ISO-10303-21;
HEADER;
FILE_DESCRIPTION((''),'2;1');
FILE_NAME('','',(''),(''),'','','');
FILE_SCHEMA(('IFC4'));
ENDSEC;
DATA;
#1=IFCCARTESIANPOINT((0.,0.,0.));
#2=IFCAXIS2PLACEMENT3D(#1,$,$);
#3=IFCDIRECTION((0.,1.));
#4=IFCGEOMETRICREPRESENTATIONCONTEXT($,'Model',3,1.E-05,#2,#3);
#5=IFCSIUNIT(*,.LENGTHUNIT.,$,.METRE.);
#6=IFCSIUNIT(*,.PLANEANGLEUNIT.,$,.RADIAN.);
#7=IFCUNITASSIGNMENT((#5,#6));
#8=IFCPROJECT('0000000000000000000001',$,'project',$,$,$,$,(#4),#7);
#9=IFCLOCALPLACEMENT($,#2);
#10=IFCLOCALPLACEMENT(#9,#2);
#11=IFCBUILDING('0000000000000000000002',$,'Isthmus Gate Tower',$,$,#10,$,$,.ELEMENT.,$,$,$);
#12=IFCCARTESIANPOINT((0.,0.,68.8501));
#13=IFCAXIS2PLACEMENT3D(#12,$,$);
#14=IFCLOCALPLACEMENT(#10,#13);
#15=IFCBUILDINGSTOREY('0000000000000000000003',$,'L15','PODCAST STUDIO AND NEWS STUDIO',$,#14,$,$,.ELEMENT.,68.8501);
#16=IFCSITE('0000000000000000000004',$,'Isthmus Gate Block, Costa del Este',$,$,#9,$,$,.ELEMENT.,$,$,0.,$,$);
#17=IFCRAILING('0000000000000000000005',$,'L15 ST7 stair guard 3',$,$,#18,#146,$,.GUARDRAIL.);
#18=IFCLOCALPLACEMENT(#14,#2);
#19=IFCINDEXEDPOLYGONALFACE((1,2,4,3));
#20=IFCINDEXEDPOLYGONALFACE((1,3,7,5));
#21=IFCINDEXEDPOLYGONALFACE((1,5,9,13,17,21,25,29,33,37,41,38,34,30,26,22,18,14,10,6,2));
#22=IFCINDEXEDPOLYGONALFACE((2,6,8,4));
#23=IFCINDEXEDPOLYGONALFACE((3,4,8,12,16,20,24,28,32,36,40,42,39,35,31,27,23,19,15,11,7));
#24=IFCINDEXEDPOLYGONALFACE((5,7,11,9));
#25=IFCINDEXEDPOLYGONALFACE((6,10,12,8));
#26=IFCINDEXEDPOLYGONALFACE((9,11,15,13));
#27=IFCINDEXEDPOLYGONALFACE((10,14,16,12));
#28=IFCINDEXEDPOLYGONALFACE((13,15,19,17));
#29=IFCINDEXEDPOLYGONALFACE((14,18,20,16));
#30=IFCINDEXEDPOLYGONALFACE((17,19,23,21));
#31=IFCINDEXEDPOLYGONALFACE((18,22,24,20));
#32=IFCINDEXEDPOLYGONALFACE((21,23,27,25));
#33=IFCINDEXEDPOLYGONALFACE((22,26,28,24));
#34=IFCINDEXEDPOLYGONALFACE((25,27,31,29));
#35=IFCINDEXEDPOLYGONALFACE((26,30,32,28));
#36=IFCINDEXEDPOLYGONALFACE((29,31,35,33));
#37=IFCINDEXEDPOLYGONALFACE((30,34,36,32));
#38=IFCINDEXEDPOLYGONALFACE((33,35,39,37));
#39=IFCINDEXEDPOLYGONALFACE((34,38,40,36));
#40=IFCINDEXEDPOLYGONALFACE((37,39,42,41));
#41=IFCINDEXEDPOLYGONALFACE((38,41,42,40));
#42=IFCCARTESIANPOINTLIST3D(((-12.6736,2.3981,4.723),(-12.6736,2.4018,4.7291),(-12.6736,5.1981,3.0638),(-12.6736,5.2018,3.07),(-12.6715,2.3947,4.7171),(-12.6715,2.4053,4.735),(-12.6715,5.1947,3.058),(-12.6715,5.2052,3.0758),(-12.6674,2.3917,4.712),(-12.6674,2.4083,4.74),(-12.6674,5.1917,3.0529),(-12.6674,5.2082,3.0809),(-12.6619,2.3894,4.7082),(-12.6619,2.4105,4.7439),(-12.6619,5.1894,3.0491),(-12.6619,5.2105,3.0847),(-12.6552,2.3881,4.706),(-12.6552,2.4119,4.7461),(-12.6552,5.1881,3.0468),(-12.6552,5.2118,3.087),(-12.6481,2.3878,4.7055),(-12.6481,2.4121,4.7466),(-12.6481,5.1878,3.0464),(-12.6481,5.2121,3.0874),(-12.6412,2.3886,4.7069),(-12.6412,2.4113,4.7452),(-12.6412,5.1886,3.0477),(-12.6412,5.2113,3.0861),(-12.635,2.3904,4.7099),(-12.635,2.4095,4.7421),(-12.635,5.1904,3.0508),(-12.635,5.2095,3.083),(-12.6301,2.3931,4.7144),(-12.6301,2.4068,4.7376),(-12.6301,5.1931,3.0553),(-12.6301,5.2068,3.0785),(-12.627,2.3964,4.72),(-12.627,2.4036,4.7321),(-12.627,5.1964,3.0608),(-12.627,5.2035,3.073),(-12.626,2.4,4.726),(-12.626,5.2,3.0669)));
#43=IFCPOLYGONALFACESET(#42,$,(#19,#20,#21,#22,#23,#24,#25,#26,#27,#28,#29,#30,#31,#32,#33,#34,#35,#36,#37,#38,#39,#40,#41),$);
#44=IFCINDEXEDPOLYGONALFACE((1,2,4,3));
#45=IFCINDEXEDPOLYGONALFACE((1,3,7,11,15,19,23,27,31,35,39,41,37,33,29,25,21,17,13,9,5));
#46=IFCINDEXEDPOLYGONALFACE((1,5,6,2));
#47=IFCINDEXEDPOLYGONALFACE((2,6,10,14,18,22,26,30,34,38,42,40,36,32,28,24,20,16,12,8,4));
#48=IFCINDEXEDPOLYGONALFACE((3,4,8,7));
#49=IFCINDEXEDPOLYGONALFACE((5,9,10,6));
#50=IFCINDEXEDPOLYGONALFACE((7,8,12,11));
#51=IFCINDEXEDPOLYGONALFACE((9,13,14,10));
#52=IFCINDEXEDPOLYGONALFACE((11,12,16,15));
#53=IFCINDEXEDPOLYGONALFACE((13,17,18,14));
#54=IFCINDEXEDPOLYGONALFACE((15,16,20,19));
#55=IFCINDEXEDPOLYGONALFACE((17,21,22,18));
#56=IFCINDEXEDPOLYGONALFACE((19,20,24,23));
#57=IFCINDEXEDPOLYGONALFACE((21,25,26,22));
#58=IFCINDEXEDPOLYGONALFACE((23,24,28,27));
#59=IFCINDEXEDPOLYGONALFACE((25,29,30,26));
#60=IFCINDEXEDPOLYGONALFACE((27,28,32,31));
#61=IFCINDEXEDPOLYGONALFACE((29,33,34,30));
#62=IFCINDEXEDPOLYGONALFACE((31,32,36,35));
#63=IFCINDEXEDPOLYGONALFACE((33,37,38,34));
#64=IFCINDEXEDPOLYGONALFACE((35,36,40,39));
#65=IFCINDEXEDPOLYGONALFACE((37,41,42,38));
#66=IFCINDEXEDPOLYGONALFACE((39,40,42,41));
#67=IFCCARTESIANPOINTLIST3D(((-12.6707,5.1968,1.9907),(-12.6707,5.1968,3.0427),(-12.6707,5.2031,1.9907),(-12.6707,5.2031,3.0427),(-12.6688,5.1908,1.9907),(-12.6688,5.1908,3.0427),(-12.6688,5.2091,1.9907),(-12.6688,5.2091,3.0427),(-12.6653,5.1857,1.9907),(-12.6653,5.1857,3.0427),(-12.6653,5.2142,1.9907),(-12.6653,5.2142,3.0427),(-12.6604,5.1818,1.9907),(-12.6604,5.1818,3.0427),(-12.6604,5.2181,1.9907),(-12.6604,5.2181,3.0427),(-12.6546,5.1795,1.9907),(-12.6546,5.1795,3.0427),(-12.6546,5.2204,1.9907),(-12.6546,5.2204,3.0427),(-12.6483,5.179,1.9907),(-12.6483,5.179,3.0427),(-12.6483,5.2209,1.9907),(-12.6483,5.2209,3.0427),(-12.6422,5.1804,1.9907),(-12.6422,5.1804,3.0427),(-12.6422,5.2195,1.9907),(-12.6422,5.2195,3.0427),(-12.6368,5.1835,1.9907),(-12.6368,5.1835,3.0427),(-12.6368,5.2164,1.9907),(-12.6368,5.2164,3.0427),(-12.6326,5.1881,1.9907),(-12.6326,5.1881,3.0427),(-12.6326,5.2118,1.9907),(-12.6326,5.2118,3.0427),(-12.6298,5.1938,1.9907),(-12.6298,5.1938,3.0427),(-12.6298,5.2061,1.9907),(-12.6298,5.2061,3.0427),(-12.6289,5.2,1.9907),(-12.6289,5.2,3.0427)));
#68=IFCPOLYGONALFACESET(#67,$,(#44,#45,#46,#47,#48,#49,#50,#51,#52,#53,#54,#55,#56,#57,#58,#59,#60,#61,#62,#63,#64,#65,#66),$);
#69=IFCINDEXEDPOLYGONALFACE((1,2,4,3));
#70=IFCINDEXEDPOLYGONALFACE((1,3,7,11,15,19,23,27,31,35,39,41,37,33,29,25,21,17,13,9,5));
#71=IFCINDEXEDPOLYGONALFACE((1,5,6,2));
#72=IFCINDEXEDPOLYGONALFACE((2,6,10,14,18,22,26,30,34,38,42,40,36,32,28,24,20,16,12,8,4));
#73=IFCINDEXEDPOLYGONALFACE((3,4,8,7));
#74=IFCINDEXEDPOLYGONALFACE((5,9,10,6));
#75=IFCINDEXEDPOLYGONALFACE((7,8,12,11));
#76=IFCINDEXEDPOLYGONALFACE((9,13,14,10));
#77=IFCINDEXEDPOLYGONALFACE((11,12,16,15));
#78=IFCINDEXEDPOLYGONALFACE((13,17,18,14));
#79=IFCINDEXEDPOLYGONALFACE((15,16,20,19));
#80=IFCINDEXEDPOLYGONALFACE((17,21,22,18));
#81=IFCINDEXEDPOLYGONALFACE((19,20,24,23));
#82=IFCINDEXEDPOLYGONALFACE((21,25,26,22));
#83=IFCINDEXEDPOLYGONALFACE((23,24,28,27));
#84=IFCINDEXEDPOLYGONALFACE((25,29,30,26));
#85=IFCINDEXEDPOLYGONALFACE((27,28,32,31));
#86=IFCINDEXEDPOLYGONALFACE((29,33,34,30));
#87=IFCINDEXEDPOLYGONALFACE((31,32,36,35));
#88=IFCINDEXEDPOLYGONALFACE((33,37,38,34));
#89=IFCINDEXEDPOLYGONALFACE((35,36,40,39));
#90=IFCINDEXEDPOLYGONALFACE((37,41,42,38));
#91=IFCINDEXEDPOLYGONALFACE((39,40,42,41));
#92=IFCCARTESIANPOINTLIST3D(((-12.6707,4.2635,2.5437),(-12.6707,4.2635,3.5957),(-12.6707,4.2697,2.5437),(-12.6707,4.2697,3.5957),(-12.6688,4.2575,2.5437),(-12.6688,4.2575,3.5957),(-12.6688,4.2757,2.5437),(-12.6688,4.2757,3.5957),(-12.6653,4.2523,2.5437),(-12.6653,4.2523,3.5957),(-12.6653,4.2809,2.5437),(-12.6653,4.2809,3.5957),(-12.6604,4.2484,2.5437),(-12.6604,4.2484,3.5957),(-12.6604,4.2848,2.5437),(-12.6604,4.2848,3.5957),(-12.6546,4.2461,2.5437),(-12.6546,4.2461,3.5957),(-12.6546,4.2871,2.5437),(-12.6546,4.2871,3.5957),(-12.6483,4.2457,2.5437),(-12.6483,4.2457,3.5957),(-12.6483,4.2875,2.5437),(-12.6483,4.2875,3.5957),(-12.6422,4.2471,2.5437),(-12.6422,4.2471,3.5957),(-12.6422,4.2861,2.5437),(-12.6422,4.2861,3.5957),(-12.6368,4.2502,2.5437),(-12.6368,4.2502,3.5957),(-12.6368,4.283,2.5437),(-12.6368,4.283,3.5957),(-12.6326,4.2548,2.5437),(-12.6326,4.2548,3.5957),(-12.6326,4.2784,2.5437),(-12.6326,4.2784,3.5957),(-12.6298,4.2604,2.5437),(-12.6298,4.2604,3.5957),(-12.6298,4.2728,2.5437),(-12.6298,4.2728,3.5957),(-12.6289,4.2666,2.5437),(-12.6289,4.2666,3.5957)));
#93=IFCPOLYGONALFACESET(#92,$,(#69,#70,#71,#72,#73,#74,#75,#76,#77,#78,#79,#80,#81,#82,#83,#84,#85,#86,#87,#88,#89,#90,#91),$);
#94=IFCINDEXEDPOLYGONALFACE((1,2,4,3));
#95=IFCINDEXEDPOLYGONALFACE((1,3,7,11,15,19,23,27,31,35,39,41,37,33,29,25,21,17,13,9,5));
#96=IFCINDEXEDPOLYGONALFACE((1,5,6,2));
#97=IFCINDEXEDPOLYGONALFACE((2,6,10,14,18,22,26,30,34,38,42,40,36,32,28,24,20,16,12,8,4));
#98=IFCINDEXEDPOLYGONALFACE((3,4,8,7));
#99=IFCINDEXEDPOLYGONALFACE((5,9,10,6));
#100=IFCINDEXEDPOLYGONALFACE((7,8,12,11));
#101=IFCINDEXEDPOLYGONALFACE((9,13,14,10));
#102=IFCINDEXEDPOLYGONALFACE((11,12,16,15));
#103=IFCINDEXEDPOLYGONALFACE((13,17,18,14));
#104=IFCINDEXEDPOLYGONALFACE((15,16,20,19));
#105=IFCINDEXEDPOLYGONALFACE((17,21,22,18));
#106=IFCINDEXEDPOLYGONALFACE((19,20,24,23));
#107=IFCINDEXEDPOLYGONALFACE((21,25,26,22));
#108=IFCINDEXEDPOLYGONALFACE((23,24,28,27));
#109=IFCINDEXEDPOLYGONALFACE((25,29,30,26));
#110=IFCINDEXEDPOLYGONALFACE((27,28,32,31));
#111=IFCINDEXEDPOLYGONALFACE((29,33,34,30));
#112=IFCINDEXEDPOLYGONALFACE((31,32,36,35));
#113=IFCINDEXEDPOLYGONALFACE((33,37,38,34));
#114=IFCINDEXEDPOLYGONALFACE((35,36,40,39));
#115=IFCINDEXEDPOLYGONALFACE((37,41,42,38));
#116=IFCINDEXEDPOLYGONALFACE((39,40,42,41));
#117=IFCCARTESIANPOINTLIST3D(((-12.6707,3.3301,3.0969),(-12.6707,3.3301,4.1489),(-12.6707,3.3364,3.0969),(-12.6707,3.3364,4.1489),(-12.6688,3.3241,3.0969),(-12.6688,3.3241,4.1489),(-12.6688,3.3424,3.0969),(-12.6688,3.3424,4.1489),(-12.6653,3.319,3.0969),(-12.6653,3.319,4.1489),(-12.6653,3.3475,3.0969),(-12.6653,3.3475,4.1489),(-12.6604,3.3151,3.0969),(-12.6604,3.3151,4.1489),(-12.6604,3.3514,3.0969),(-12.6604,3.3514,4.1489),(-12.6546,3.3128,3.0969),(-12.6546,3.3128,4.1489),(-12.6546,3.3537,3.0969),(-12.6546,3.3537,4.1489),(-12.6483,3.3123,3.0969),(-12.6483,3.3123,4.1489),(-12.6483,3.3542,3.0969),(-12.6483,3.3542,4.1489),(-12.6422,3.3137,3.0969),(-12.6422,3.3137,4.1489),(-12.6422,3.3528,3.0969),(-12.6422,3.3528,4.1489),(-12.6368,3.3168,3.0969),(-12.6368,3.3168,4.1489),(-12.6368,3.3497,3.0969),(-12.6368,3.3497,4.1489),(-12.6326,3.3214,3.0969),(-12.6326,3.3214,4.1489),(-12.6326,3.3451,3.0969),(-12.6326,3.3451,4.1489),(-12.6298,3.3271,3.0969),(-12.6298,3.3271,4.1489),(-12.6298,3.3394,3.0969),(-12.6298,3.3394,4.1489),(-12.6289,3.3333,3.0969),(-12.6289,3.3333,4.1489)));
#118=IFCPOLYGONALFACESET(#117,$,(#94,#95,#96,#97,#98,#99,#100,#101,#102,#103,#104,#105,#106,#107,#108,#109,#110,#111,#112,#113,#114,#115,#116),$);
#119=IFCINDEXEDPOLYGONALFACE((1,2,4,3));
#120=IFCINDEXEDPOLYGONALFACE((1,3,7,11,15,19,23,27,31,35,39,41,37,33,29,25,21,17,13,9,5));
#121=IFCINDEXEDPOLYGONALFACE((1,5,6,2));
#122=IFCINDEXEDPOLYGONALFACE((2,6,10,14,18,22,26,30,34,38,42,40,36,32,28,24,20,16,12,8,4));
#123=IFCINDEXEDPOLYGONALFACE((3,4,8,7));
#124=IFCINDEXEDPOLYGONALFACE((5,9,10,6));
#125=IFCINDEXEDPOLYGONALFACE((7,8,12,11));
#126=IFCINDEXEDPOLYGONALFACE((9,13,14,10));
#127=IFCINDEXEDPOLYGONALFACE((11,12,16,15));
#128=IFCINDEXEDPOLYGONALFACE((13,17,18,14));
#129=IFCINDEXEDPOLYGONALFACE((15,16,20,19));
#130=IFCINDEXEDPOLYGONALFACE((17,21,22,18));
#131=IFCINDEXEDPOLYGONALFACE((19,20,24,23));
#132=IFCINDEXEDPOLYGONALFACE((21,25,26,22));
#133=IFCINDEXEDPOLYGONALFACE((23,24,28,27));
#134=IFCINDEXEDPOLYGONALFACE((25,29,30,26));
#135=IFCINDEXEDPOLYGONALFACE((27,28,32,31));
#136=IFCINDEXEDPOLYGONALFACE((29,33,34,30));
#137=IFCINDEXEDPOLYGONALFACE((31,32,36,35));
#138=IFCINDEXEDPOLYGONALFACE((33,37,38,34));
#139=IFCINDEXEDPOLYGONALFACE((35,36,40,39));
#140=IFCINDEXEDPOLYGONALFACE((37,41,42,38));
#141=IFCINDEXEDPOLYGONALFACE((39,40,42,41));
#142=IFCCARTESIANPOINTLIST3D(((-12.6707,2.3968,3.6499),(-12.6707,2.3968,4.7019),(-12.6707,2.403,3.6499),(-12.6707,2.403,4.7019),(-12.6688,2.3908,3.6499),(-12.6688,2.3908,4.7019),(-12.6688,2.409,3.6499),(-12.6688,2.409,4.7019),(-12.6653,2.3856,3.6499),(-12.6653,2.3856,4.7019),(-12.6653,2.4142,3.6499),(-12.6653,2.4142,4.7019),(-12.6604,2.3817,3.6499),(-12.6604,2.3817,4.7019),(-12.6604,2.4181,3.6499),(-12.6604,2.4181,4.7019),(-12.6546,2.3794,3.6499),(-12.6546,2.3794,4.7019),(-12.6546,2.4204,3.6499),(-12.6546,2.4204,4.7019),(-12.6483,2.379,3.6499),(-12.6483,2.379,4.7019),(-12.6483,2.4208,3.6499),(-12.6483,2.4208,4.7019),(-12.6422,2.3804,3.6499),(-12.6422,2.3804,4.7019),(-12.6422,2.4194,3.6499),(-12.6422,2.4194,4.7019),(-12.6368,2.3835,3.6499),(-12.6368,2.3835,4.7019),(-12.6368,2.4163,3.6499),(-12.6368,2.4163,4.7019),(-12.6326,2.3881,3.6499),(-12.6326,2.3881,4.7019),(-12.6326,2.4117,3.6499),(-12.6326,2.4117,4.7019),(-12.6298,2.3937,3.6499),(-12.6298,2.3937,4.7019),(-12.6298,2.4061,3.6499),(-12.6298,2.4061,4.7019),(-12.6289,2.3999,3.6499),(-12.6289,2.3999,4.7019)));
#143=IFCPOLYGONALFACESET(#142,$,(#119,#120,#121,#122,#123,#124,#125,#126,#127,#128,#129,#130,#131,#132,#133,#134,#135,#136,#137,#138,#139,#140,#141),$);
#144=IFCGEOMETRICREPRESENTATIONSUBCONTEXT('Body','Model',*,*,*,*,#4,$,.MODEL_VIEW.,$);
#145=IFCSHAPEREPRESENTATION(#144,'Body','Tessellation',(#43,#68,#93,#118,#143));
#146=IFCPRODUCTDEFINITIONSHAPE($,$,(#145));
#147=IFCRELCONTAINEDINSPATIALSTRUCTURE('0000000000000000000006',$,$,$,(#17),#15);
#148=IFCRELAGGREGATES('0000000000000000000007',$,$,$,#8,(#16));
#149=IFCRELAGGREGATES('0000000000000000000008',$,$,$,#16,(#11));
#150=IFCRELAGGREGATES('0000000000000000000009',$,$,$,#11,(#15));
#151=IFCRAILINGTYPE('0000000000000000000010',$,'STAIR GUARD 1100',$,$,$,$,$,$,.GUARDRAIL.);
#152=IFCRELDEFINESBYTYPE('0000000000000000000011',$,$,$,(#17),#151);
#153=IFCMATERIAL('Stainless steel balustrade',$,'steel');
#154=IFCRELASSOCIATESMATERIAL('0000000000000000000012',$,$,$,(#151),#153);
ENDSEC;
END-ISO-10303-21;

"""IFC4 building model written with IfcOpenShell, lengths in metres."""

from ifc_helpers import new_model, si_unit, direction, frame, origin, origin_2d, place, context, subcontext, project, spatial, circle, extrude, material, type_object, element, save


model = new_model("IFC4")

# Units and contexts
model_context = context("Model", 3, precision=1e-05, world=origin(), true_north=direction((0.0, 1.0)))
body_context = subcontext(model_context, "Body", "Model", "MODEL_VIEW")
ifc_project = project(units=[si_unit("LENGTHUNIT", "METRE"), si_unit("PLANEANGLEUNIT", "RADIAN")], contexts=[model_context])

# Site, building, storey
site_placement = place(None, origin())
site = spatial("IfcSite", under=ifc_project, at=site_placement, Name="Isthmus Gate Block, Costa del Este", CompositionType="ELEMENT", RefElevation=0.0)
building_placement = place(site_placement, origin())
building = spatial("IfcBuilding", under=site, at=building_placement, Name="Isthmus Gate Tower", CompositionType="ELEMENT")
storey_placement = place(building_placement, frame((0.0, 0.0, 68.8501)))
storey = spatial("IfcBuildingStorey", under=building, at=storey_placement, Name="L15", Description="PODCAST STUDIO AND NEWS STUDIO", CompositionType="ELEMENT", Elevation=68.8501)

# Railing
ifc_material_1 = material(Name="Stainless steel balustrade", Category="steel")
railing_type_1 = type_object("IfcRailingType", Name="STAIR GUARD 1100", PredefinedType="GUARDRAIL", material=ifc_material_1)
railing_1_placement = place(storey_placement, frame((-12.6499, 5.2, 1.9907)))
element("IfcRailing", 1, at=railing_1_placement, inside=storey, type_object=railing_type_1, Name="L15 ST7 stair guard 3", PredefinedType="GUARDRAIL", context=body_context, shape_type="SweptSolid", body=[
    extrude(circle(Radius=0.0239, at=origin_2d()), frame((0.0, 0.0, 1.0762), z_axis=(0.0, -0.860306, 0.509778), x_axis=(1.0, 0.0, 0.0)), (0.0, 0.0, 1.0), 3.2546),
    extrude(circle(Radius=0.021, at=origin_2d()), origin(), (0.0, 0.0, 1.0), 1.052),
    extrude(circle(Radius=0.021, at=origin_2d()), frame((0.0, -0.9333, 0.553)), (0.0, 0.0, 1.0), 1.052),
    extrude(circle(Radius=0.021, at=origin_2d()), frame((0.0, -1.8667, 1.1062)), (0.0, 0.0, 1.0), 1.052),
    extrude(circle(Radius=0.021, at=origin_2d()), frame((0.0, -2.8, 1.6592)), (0.0, 0.0, 1.0), 1.052),
])

save(model, "model.ifc")
